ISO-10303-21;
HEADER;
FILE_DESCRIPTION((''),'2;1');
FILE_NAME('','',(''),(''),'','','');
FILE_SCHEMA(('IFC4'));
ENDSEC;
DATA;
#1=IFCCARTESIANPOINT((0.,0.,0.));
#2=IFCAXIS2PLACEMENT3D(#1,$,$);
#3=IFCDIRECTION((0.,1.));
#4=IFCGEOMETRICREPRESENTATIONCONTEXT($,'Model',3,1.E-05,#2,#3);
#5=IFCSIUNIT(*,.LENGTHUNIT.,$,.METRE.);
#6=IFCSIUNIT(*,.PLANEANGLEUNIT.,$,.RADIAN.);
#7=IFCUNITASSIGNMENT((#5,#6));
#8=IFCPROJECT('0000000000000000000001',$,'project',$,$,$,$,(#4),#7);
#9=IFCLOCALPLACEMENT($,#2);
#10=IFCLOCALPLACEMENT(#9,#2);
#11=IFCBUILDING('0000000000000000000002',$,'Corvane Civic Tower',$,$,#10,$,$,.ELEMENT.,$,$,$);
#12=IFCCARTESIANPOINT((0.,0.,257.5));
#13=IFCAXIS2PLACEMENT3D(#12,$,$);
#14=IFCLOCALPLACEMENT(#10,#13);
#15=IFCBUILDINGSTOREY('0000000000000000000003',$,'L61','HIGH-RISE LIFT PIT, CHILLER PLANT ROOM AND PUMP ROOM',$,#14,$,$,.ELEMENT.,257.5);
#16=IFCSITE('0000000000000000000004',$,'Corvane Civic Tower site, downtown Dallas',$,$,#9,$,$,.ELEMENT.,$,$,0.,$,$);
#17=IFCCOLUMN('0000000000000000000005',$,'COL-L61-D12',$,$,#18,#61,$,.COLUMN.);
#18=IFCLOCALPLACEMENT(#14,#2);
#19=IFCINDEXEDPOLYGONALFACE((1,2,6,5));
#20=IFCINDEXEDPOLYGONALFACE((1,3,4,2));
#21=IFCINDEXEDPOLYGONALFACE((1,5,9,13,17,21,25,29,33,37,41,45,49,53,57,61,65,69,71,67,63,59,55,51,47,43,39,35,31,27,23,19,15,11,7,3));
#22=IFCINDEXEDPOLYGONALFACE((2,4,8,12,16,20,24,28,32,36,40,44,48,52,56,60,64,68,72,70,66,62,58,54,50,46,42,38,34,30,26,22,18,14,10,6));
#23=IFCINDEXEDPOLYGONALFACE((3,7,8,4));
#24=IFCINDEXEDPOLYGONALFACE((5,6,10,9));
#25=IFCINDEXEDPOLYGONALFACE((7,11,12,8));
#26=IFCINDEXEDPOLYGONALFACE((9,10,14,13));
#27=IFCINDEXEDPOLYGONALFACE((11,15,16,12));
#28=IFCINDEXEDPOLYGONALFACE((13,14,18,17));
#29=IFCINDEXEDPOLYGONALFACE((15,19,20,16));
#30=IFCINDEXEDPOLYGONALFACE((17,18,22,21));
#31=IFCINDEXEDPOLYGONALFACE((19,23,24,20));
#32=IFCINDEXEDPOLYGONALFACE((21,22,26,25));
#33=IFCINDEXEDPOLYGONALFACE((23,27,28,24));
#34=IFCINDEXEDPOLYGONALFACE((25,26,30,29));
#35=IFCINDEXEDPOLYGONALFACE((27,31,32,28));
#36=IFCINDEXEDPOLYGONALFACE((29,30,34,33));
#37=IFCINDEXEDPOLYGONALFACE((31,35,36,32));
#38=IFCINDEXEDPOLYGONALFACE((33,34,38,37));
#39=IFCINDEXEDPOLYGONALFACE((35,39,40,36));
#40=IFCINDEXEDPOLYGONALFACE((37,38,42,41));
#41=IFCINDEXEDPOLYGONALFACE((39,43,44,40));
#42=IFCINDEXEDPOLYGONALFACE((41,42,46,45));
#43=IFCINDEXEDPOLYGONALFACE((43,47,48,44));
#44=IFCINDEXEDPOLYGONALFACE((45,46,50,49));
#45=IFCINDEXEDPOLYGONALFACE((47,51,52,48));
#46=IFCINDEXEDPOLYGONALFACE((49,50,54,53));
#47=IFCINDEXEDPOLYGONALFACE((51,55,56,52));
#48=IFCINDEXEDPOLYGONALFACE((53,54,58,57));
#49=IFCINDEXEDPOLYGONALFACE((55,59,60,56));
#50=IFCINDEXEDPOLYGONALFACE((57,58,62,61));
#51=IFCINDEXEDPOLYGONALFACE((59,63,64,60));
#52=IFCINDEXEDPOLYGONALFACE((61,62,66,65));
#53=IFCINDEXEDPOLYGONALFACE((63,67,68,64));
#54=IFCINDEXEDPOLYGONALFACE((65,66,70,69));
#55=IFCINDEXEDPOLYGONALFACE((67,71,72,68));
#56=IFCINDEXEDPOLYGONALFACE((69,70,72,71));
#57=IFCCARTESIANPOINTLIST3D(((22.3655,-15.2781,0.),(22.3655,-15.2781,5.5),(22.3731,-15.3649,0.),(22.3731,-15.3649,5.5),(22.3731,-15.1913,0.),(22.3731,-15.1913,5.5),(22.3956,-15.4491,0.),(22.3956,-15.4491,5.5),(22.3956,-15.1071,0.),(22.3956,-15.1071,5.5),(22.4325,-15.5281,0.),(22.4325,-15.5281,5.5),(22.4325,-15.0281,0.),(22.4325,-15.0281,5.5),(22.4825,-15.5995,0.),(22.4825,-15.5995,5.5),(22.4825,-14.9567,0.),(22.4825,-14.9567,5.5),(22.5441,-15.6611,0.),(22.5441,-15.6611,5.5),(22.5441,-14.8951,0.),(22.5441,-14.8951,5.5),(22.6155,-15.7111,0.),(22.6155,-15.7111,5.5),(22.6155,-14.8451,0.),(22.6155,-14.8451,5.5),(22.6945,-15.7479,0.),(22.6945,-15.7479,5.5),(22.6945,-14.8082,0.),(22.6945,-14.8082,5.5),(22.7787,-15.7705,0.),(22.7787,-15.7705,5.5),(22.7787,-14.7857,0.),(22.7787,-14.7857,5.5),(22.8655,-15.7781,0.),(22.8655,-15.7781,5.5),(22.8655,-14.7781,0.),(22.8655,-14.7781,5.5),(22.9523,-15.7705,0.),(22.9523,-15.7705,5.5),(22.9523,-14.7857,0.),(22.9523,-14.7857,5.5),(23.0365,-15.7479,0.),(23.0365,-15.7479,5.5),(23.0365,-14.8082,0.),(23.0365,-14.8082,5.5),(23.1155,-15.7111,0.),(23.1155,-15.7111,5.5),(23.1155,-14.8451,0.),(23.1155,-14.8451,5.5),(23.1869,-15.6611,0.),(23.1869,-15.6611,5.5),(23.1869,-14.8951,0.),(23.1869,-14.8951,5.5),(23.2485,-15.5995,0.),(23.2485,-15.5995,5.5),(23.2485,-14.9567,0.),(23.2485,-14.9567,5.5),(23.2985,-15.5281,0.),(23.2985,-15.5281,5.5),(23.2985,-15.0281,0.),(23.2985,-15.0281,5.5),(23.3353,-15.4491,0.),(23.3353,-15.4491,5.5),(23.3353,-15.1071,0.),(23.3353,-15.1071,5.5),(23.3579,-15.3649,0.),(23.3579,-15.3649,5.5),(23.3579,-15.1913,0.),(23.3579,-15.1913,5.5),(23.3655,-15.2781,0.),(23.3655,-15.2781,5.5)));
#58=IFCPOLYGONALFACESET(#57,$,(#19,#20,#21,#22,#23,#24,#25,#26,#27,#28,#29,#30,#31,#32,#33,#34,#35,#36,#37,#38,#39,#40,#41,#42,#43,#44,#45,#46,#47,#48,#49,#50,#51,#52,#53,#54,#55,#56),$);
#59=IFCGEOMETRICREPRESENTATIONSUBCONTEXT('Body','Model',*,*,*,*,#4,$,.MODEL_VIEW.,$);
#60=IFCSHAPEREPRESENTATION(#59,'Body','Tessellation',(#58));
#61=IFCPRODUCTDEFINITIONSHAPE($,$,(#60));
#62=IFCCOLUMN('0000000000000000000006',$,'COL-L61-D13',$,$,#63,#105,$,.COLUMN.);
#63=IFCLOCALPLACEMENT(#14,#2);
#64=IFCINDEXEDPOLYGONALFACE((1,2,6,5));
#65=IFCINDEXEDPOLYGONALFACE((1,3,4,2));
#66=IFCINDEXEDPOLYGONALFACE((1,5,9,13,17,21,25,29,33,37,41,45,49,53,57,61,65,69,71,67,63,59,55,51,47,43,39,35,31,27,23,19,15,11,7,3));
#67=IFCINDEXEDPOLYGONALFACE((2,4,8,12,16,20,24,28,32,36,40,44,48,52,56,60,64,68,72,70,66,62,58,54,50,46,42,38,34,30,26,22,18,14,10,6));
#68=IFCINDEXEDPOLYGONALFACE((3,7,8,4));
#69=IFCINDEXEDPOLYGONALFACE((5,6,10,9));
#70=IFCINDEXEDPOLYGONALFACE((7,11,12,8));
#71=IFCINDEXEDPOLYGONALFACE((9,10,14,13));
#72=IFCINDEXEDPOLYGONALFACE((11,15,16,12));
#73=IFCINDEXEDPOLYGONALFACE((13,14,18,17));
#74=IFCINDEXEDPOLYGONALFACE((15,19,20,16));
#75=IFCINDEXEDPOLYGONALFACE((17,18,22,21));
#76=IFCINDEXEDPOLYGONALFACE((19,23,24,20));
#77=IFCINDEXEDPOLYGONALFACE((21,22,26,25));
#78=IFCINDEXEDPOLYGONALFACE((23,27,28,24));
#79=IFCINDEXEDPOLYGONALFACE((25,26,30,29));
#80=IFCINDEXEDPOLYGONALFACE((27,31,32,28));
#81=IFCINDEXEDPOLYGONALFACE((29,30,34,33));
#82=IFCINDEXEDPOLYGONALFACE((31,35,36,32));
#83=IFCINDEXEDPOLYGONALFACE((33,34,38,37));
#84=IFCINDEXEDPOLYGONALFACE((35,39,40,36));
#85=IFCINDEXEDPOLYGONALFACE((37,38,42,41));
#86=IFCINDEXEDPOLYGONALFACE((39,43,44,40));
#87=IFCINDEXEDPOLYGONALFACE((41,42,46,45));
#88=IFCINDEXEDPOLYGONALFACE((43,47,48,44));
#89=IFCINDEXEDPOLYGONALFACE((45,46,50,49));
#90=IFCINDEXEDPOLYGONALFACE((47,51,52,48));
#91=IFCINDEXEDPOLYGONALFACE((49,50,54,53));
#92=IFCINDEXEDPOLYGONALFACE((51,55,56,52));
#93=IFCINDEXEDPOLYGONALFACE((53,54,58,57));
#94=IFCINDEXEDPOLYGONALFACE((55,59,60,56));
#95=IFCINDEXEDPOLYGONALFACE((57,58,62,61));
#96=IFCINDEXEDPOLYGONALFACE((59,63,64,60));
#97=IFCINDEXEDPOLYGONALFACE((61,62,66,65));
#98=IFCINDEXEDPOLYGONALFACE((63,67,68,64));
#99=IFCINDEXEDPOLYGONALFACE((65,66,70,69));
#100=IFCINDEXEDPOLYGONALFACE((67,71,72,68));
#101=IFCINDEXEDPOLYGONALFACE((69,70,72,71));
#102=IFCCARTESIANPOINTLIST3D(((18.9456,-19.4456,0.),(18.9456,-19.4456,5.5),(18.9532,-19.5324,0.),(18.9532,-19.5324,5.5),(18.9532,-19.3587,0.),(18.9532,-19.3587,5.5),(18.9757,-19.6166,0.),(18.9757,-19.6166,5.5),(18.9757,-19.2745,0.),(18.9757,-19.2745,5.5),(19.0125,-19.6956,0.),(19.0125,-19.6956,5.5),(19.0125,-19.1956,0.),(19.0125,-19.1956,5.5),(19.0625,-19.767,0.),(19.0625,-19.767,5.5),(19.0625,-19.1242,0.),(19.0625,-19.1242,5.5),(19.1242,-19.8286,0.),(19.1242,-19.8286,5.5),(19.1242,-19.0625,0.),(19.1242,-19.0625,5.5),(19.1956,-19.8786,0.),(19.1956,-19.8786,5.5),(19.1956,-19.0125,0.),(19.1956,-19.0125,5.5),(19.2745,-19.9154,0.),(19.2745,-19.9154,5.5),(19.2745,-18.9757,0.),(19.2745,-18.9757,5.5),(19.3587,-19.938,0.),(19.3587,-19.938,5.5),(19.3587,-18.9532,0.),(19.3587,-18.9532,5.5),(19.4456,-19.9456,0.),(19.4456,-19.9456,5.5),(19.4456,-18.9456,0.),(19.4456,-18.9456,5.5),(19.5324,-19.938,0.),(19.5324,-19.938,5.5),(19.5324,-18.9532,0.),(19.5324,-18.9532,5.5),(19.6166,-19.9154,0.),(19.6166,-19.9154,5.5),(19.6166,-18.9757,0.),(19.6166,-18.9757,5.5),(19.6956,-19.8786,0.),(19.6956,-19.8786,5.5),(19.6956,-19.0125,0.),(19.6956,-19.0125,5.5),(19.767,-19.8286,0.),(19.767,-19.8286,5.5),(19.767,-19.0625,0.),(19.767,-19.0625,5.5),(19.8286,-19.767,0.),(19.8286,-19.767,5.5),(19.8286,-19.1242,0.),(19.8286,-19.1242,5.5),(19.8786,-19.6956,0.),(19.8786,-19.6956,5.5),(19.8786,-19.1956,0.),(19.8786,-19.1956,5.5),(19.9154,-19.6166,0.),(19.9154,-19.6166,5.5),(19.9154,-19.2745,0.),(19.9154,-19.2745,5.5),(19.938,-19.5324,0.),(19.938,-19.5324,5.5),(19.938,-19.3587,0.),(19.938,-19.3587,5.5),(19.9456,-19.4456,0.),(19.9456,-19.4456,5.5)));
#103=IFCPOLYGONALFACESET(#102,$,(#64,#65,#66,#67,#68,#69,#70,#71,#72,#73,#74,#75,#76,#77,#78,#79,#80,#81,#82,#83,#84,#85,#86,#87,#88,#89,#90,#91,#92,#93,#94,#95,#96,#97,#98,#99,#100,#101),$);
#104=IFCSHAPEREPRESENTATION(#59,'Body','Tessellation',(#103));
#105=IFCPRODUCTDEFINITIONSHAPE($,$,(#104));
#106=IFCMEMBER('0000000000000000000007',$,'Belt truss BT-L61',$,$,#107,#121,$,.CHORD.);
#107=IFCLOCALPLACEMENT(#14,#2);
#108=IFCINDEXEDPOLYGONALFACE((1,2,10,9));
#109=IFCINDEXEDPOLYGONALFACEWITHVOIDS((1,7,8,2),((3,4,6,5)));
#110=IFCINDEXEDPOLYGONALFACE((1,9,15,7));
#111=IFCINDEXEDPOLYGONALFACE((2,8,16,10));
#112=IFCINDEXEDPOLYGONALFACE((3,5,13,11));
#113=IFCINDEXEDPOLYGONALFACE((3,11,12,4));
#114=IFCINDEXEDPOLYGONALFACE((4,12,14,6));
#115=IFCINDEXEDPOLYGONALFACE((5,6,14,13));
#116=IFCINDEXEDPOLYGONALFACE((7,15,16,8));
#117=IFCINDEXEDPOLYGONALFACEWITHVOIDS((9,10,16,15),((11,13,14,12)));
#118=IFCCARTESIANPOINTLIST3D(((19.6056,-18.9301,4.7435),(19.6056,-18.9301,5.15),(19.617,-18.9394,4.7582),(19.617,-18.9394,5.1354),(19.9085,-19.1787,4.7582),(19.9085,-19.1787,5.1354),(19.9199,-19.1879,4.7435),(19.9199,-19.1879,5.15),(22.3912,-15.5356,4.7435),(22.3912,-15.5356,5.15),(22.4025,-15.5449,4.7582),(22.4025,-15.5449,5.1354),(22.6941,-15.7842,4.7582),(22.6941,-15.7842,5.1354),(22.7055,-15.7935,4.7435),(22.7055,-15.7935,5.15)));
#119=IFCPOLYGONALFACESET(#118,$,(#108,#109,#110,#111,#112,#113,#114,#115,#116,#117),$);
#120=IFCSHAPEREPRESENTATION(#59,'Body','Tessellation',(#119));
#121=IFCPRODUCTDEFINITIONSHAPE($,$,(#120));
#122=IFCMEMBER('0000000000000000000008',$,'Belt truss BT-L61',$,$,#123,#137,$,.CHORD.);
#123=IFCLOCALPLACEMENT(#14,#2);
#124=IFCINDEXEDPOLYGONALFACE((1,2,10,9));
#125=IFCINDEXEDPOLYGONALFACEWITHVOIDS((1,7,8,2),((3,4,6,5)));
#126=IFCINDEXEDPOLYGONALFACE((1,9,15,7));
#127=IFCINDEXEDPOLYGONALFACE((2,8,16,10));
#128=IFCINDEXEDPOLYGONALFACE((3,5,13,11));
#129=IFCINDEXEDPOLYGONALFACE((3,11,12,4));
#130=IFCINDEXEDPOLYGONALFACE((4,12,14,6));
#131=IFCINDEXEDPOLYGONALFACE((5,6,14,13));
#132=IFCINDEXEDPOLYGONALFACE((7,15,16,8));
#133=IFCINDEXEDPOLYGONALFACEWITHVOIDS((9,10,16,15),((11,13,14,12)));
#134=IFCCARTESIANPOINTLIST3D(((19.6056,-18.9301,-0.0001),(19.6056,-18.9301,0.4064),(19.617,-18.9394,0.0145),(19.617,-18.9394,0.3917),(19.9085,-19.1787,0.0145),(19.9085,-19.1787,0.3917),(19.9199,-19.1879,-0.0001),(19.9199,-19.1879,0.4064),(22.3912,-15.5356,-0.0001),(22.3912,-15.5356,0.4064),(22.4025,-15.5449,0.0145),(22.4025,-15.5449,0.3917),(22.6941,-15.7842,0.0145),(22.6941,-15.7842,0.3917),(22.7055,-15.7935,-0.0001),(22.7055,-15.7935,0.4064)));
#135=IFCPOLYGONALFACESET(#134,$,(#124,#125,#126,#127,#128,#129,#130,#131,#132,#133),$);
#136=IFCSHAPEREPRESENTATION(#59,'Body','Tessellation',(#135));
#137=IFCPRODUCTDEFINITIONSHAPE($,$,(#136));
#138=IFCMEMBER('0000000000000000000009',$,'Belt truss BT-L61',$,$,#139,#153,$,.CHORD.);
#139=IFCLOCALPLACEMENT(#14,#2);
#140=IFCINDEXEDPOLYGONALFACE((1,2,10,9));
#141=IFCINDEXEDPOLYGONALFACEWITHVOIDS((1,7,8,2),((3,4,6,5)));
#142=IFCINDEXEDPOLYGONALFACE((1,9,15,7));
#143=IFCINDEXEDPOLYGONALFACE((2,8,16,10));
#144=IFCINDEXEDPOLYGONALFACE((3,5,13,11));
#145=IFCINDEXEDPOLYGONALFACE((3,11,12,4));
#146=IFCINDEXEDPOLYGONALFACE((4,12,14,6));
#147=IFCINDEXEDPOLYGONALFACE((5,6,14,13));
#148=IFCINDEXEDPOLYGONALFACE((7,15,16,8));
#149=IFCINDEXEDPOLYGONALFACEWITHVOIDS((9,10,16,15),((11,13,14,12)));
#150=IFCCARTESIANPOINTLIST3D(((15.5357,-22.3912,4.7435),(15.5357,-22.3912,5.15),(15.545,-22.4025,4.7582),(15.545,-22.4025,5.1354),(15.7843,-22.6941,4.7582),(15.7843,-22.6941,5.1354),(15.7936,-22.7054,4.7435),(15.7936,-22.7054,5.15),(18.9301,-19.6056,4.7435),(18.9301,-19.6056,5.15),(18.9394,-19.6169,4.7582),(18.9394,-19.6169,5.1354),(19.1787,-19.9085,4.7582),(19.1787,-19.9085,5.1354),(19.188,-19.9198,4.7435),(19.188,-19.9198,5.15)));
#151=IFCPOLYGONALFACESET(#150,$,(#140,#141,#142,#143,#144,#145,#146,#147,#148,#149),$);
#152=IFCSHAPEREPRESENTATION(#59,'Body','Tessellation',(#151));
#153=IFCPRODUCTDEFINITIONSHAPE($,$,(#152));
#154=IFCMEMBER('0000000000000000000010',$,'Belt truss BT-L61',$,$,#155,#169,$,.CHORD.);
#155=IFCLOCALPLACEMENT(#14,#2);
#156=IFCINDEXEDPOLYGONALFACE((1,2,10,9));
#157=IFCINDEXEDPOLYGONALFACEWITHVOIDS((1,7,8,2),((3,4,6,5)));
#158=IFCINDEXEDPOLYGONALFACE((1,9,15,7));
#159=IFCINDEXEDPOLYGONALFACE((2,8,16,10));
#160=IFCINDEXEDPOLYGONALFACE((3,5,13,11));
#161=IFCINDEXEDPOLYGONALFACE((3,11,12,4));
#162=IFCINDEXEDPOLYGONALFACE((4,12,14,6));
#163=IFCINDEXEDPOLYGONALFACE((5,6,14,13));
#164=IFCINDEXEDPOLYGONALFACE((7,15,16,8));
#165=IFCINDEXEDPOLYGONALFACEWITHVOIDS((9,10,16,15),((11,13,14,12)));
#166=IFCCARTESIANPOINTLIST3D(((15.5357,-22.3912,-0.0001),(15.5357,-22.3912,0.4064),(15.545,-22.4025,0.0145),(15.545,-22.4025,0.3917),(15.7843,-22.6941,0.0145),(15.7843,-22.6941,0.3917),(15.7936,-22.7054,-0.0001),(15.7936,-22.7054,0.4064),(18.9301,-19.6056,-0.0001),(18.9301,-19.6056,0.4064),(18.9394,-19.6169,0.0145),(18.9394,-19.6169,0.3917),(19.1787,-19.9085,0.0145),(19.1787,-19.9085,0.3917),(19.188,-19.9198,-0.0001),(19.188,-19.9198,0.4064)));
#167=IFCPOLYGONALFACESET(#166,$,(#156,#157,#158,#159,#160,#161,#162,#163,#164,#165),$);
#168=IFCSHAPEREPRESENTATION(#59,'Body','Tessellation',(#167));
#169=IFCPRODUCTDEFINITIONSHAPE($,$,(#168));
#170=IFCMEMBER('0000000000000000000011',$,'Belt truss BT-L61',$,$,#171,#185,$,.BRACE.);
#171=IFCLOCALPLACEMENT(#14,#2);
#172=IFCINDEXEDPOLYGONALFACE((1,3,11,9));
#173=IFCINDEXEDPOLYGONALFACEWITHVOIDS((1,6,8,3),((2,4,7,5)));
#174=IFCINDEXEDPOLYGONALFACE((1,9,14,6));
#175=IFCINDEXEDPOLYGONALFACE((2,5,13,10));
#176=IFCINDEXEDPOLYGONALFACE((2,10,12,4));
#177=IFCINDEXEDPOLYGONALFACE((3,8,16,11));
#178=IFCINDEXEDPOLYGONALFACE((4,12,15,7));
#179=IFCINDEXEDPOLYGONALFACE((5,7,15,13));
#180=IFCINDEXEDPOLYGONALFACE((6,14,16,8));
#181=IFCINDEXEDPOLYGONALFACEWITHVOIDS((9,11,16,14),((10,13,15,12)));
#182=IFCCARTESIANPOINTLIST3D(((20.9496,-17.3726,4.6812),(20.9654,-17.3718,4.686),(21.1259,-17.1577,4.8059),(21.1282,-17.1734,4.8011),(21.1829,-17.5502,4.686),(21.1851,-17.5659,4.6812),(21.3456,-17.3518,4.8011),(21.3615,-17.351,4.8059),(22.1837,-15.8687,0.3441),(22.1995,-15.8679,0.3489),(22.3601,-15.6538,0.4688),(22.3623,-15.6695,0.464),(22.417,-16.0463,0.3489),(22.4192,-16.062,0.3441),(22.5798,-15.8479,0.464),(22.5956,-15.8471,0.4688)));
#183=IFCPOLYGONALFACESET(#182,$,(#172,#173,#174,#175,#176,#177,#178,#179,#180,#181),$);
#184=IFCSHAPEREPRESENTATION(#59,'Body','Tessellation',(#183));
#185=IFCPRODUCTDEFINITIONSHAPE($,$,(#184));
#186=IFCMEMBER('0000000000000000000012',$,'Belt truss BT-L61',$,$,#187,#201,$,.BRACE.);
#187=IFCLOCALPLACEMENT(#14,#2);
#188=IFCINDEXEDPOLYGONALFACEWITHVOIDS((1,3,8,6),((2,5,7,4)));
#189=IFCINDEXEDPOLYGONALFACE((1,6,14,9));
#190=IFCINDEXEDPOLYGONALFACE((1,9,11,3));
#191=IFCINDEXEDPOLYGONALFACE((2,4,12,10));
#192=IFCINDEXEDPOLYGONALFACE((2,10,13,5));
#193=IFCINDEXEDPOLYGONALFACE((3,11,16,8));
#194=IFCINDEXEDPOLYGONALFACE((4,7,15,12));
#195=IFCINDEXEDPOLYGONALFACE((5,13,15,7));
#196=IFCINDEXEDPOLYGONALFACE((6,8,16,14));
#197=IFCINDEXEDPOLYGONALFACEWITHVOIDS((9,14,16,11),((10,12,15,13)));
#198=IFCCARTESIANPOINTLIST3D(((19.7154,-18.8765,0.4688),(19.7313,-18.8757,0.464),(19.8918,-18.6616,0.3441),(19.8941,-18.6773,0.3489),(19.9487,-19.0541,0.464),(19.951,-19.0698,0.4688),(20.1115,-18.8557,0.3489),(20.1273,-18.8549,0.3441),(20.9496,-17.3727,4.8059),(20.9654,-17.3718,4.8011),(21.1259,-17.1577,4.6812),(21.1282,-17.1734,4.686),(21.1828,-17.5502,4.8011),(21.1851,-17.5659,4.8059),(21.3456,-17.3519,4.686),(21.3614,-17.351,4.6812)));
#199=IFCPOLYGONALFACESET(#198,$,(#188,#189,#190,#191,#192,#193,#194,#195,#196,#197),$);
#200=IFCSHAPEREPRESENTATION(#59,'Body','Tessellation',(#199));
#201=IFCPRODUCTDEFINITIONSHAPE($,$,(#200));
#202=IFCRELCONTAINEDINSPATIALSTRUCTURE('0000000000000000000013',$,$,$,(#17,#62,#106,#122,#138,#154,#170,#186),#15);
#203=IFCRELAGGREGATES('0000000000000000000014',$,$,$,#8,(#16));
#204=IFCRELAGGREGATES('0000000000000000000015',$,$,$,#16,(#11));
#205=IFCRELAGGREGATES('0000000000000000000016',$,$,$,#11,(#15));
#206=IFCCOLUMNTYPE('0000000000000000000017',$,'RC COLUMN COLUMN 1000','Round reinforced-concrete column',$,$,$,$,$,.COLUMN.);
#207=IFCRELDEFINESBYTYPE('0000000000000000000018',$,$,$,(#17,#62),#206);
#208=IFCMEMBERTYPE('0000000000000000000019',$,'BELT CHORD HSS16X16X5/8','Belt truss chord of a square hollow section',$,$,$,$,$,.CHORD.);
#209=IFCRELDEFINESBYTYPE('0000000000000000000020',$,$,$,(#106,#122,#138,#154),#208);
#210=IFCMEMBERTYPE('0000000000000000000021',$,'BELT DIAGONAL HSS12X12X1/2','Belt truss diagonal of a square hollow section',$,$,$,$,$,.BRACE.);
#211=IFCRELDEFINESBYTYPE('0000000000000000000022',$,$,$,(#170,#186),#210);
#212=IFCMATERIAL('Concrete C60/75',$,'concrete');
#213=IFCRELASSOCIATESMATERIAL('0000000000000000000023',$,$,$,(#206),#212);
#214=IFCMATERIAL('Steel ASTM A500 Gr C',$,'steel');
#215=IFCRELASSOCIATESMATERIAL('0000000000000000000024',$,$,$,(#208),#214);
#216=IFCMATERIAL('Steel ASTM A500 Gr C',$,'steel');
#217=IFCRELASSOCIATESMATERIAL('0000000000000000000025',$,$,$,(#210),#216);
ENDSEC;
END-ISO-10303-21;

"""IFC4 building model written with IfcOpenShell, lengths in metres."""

from ifc_helpers import new_model, si_unit, direction, frame, origin, origin_2d, place, context, subcontext, project, spatial, hollow_rectangle, circle, extrude, material, material_profile, profile_set, type_object, element, save


model = new_model("IFC4")

# Units and contexts
model_context = context("Model", 3, precision=1e-05, world=origin(), true_north=direction((0.0, 1.0)))
body_context = subcontext(model_context, "Body", "Model", "MODEL_VIEW")
ifc_project = project(units=[si_unit("LENGTHUNIT", "METRE"), si_unit("PLANEANGLEUNIT", "RADIAN")], contexts=[model_context])

# Site, building, storey
site_placement = place(None, origin())
site = spatial("IfcSite", under=ifc_project, at=site_placement, Name="Corvane Civic Tower site, downtown Dallas", CompositionType="ELEMENT", RefElevation=0.0)
building_placement = place(site_placement, origin())
building = spatial("IfcBuilding", under=site, at=building_placement, Name="Corvane Civic Tower", CompositionType="ELEMENT")
storey_placement = place(building_placement, frame((0.0, 0.0, 257.5)))
storey = spatial("IfcBuildingStorey", under=building, at=storey_placement, Name="L61", Description="HIGH-RISE LIFT PIT, CHILLER PLANT ROOM AND PUMP ROOM", CompositionType="ELEMENT", Elevation=257.5)

# Columns
ifc_material_1 = material(Name="Concrete C60/75", Category="concrete")
ifc_material_profile_1 = material_profile(ifc_material_1, circle(Radius=0.5, at=origin_2d()), Name="COLUMN 1000")
ifc_profile_set_1 = profile_set([ifc_material_profile_1], Name="Concrete C60/75")
column_type = type_object("IfcColumnType", Name="RC COLUMN COLUMN 1000", Description="Round reinforced-concrete column", PredefinedType="COLUMN", material=ifc_profile_set_1)
for number, where, z_axis, x_axis, name in (
    (1, (22.8655, -15.2781, 0.0), (0.0, 0.0, 1.0), (1.0, 0.0, 0.0), "COL-L61-D12"),
    (2, (19.4456, -19.4456, 0.0), (0.0, 0.0, 1.0), (1.0, 0.0, 0.0), "COL-L61-D13"),
):
    element("IfcColumn", number, at=place(storey_placement, frame(where, z_axis=z_axis, x_axis=x_axis)), inside=storey, type_object=column_type, Name=name, PredefinedType="COLUMN", context=body_context, shape_type="SweptSolid", body=[
        extrude(circle(Radius=0.5, at=origin_2d()), origin(), (0.0, 0.0, 1.0), 5.5),
    ])

# Members
ifc_material_2 = material(Name="Steel ASTM A500 Gr C", Category="steel")
ifc_material_profile_2 = material_profile(ifc_material_2, hollow_rectangle(XDim=0.4065, YDim=0.4065, WallThickness=0.0146, at=origin_2d()), Name="HSS16X16X5/8")
ifc_profile_set_2 = profile_set([ifc_material_profile_2], Name="Steel ASTM A500 Gr C")
member_type_1 = type_object("IfcMemberType", Name="BELT CHORD HSS16X16X5/8", Description="Belt truss chord of a square hollow section", PredefinedType="CHORD", material=ifc_profile_set_2)
for number, where, z_axis, x_axis, name in (
    (3, (22.5483, -15.6646, 4.9468), (-0.634369, -0.77303, 0.0), (0.77303, -0.634369, 0.0), "Belt truss BT-L61"),
    (4, (22.5483, -15.6646, 0.2031), (-0.634369, -0.77303, 0.0), (0.77303, -0.634369, 0.0), "Belt truss BT-L61"),
    (5, (19.0591, -19.7627, 4.9468), (-0.77303, -0.634369, 0.0), (0.634369, -0.77303, 0.0), "Belt truss BT-L61"),
    (6, (19.0591, -19.7627, 0.2031), (-0.77303, -0.634369, 0.0), (0.634369, -0.77303, 0.0), "Belt truss BT-L61"),
):
    element("IfcMember", number, at=place(storey_placement, frame(where, z_axis=z_axis, x_axis=x_axis)), inside=storey, type_object=member_type_1, Name=name, PredefinedType="CHORD", context=body_context, shape_type="SweptSolid", body=[
        extrude(hollow_rectangle(XDim=0.4065, YDim=0.4065, WallThickness=0.0146, at=origin_2d()), origin(), (0.0, 0.0, 1.0), 4.3911),
    ])
ifc_material_3 = material(Name="Steel ASTM A500 Gr C", Category="steel")
ifc_material_profile_3 = material_profile(ifc_material_3, hollow_rectangle(XDim=0.3047, YDim=0.3047, WallThickness=0.0117, at=origin_2d()), Name="HSS12X12X1/2")
ifc_profile_set_3 = profile_set([ifc_material_profile_3], Name="Steel ASTM A500 Gr C")
member_type_2 = type_object("IfcMemberType", Name="BELT DIAGONAL HSS12X12X1/2", Description="Belt truss diagonal of a square hollow section", PredefinedType="BRACE", material=ifc_profile_set_3)
for number, where, z_axis, x_axis, name in (
    (7, (22.3896, -15.8579, 0.4065), (-0.259626, -0.316379, 0.912414), (0.773034, -0.634365, 0.0), "Belt truss BT-L61"),
    (8, (19.9214, -18.8657, 0.4065), (0.259626, 0.316379, 0.912414), (-0.773034, 0.634365, 0.0), "Belt truss BT-L61"),
):
    element("IfcMember", number, at=place(storey_placement, frame(where, z_axis=z_axis, x_axis=x_axis)), inside=storey, type_object=member_type_2, Name=name, PredefinedType="BRACE", context=body_context, shape_type="SweptSolid", body=[
        extrude(hollow_rectangle(XDim=0.3047, YDim=0.3047, WallThickness=0.0117, at=origin_2d()), origin(), (0.0, 0.0, 1.0), 4.7534),
    ])

save(model, "model.ifc")
